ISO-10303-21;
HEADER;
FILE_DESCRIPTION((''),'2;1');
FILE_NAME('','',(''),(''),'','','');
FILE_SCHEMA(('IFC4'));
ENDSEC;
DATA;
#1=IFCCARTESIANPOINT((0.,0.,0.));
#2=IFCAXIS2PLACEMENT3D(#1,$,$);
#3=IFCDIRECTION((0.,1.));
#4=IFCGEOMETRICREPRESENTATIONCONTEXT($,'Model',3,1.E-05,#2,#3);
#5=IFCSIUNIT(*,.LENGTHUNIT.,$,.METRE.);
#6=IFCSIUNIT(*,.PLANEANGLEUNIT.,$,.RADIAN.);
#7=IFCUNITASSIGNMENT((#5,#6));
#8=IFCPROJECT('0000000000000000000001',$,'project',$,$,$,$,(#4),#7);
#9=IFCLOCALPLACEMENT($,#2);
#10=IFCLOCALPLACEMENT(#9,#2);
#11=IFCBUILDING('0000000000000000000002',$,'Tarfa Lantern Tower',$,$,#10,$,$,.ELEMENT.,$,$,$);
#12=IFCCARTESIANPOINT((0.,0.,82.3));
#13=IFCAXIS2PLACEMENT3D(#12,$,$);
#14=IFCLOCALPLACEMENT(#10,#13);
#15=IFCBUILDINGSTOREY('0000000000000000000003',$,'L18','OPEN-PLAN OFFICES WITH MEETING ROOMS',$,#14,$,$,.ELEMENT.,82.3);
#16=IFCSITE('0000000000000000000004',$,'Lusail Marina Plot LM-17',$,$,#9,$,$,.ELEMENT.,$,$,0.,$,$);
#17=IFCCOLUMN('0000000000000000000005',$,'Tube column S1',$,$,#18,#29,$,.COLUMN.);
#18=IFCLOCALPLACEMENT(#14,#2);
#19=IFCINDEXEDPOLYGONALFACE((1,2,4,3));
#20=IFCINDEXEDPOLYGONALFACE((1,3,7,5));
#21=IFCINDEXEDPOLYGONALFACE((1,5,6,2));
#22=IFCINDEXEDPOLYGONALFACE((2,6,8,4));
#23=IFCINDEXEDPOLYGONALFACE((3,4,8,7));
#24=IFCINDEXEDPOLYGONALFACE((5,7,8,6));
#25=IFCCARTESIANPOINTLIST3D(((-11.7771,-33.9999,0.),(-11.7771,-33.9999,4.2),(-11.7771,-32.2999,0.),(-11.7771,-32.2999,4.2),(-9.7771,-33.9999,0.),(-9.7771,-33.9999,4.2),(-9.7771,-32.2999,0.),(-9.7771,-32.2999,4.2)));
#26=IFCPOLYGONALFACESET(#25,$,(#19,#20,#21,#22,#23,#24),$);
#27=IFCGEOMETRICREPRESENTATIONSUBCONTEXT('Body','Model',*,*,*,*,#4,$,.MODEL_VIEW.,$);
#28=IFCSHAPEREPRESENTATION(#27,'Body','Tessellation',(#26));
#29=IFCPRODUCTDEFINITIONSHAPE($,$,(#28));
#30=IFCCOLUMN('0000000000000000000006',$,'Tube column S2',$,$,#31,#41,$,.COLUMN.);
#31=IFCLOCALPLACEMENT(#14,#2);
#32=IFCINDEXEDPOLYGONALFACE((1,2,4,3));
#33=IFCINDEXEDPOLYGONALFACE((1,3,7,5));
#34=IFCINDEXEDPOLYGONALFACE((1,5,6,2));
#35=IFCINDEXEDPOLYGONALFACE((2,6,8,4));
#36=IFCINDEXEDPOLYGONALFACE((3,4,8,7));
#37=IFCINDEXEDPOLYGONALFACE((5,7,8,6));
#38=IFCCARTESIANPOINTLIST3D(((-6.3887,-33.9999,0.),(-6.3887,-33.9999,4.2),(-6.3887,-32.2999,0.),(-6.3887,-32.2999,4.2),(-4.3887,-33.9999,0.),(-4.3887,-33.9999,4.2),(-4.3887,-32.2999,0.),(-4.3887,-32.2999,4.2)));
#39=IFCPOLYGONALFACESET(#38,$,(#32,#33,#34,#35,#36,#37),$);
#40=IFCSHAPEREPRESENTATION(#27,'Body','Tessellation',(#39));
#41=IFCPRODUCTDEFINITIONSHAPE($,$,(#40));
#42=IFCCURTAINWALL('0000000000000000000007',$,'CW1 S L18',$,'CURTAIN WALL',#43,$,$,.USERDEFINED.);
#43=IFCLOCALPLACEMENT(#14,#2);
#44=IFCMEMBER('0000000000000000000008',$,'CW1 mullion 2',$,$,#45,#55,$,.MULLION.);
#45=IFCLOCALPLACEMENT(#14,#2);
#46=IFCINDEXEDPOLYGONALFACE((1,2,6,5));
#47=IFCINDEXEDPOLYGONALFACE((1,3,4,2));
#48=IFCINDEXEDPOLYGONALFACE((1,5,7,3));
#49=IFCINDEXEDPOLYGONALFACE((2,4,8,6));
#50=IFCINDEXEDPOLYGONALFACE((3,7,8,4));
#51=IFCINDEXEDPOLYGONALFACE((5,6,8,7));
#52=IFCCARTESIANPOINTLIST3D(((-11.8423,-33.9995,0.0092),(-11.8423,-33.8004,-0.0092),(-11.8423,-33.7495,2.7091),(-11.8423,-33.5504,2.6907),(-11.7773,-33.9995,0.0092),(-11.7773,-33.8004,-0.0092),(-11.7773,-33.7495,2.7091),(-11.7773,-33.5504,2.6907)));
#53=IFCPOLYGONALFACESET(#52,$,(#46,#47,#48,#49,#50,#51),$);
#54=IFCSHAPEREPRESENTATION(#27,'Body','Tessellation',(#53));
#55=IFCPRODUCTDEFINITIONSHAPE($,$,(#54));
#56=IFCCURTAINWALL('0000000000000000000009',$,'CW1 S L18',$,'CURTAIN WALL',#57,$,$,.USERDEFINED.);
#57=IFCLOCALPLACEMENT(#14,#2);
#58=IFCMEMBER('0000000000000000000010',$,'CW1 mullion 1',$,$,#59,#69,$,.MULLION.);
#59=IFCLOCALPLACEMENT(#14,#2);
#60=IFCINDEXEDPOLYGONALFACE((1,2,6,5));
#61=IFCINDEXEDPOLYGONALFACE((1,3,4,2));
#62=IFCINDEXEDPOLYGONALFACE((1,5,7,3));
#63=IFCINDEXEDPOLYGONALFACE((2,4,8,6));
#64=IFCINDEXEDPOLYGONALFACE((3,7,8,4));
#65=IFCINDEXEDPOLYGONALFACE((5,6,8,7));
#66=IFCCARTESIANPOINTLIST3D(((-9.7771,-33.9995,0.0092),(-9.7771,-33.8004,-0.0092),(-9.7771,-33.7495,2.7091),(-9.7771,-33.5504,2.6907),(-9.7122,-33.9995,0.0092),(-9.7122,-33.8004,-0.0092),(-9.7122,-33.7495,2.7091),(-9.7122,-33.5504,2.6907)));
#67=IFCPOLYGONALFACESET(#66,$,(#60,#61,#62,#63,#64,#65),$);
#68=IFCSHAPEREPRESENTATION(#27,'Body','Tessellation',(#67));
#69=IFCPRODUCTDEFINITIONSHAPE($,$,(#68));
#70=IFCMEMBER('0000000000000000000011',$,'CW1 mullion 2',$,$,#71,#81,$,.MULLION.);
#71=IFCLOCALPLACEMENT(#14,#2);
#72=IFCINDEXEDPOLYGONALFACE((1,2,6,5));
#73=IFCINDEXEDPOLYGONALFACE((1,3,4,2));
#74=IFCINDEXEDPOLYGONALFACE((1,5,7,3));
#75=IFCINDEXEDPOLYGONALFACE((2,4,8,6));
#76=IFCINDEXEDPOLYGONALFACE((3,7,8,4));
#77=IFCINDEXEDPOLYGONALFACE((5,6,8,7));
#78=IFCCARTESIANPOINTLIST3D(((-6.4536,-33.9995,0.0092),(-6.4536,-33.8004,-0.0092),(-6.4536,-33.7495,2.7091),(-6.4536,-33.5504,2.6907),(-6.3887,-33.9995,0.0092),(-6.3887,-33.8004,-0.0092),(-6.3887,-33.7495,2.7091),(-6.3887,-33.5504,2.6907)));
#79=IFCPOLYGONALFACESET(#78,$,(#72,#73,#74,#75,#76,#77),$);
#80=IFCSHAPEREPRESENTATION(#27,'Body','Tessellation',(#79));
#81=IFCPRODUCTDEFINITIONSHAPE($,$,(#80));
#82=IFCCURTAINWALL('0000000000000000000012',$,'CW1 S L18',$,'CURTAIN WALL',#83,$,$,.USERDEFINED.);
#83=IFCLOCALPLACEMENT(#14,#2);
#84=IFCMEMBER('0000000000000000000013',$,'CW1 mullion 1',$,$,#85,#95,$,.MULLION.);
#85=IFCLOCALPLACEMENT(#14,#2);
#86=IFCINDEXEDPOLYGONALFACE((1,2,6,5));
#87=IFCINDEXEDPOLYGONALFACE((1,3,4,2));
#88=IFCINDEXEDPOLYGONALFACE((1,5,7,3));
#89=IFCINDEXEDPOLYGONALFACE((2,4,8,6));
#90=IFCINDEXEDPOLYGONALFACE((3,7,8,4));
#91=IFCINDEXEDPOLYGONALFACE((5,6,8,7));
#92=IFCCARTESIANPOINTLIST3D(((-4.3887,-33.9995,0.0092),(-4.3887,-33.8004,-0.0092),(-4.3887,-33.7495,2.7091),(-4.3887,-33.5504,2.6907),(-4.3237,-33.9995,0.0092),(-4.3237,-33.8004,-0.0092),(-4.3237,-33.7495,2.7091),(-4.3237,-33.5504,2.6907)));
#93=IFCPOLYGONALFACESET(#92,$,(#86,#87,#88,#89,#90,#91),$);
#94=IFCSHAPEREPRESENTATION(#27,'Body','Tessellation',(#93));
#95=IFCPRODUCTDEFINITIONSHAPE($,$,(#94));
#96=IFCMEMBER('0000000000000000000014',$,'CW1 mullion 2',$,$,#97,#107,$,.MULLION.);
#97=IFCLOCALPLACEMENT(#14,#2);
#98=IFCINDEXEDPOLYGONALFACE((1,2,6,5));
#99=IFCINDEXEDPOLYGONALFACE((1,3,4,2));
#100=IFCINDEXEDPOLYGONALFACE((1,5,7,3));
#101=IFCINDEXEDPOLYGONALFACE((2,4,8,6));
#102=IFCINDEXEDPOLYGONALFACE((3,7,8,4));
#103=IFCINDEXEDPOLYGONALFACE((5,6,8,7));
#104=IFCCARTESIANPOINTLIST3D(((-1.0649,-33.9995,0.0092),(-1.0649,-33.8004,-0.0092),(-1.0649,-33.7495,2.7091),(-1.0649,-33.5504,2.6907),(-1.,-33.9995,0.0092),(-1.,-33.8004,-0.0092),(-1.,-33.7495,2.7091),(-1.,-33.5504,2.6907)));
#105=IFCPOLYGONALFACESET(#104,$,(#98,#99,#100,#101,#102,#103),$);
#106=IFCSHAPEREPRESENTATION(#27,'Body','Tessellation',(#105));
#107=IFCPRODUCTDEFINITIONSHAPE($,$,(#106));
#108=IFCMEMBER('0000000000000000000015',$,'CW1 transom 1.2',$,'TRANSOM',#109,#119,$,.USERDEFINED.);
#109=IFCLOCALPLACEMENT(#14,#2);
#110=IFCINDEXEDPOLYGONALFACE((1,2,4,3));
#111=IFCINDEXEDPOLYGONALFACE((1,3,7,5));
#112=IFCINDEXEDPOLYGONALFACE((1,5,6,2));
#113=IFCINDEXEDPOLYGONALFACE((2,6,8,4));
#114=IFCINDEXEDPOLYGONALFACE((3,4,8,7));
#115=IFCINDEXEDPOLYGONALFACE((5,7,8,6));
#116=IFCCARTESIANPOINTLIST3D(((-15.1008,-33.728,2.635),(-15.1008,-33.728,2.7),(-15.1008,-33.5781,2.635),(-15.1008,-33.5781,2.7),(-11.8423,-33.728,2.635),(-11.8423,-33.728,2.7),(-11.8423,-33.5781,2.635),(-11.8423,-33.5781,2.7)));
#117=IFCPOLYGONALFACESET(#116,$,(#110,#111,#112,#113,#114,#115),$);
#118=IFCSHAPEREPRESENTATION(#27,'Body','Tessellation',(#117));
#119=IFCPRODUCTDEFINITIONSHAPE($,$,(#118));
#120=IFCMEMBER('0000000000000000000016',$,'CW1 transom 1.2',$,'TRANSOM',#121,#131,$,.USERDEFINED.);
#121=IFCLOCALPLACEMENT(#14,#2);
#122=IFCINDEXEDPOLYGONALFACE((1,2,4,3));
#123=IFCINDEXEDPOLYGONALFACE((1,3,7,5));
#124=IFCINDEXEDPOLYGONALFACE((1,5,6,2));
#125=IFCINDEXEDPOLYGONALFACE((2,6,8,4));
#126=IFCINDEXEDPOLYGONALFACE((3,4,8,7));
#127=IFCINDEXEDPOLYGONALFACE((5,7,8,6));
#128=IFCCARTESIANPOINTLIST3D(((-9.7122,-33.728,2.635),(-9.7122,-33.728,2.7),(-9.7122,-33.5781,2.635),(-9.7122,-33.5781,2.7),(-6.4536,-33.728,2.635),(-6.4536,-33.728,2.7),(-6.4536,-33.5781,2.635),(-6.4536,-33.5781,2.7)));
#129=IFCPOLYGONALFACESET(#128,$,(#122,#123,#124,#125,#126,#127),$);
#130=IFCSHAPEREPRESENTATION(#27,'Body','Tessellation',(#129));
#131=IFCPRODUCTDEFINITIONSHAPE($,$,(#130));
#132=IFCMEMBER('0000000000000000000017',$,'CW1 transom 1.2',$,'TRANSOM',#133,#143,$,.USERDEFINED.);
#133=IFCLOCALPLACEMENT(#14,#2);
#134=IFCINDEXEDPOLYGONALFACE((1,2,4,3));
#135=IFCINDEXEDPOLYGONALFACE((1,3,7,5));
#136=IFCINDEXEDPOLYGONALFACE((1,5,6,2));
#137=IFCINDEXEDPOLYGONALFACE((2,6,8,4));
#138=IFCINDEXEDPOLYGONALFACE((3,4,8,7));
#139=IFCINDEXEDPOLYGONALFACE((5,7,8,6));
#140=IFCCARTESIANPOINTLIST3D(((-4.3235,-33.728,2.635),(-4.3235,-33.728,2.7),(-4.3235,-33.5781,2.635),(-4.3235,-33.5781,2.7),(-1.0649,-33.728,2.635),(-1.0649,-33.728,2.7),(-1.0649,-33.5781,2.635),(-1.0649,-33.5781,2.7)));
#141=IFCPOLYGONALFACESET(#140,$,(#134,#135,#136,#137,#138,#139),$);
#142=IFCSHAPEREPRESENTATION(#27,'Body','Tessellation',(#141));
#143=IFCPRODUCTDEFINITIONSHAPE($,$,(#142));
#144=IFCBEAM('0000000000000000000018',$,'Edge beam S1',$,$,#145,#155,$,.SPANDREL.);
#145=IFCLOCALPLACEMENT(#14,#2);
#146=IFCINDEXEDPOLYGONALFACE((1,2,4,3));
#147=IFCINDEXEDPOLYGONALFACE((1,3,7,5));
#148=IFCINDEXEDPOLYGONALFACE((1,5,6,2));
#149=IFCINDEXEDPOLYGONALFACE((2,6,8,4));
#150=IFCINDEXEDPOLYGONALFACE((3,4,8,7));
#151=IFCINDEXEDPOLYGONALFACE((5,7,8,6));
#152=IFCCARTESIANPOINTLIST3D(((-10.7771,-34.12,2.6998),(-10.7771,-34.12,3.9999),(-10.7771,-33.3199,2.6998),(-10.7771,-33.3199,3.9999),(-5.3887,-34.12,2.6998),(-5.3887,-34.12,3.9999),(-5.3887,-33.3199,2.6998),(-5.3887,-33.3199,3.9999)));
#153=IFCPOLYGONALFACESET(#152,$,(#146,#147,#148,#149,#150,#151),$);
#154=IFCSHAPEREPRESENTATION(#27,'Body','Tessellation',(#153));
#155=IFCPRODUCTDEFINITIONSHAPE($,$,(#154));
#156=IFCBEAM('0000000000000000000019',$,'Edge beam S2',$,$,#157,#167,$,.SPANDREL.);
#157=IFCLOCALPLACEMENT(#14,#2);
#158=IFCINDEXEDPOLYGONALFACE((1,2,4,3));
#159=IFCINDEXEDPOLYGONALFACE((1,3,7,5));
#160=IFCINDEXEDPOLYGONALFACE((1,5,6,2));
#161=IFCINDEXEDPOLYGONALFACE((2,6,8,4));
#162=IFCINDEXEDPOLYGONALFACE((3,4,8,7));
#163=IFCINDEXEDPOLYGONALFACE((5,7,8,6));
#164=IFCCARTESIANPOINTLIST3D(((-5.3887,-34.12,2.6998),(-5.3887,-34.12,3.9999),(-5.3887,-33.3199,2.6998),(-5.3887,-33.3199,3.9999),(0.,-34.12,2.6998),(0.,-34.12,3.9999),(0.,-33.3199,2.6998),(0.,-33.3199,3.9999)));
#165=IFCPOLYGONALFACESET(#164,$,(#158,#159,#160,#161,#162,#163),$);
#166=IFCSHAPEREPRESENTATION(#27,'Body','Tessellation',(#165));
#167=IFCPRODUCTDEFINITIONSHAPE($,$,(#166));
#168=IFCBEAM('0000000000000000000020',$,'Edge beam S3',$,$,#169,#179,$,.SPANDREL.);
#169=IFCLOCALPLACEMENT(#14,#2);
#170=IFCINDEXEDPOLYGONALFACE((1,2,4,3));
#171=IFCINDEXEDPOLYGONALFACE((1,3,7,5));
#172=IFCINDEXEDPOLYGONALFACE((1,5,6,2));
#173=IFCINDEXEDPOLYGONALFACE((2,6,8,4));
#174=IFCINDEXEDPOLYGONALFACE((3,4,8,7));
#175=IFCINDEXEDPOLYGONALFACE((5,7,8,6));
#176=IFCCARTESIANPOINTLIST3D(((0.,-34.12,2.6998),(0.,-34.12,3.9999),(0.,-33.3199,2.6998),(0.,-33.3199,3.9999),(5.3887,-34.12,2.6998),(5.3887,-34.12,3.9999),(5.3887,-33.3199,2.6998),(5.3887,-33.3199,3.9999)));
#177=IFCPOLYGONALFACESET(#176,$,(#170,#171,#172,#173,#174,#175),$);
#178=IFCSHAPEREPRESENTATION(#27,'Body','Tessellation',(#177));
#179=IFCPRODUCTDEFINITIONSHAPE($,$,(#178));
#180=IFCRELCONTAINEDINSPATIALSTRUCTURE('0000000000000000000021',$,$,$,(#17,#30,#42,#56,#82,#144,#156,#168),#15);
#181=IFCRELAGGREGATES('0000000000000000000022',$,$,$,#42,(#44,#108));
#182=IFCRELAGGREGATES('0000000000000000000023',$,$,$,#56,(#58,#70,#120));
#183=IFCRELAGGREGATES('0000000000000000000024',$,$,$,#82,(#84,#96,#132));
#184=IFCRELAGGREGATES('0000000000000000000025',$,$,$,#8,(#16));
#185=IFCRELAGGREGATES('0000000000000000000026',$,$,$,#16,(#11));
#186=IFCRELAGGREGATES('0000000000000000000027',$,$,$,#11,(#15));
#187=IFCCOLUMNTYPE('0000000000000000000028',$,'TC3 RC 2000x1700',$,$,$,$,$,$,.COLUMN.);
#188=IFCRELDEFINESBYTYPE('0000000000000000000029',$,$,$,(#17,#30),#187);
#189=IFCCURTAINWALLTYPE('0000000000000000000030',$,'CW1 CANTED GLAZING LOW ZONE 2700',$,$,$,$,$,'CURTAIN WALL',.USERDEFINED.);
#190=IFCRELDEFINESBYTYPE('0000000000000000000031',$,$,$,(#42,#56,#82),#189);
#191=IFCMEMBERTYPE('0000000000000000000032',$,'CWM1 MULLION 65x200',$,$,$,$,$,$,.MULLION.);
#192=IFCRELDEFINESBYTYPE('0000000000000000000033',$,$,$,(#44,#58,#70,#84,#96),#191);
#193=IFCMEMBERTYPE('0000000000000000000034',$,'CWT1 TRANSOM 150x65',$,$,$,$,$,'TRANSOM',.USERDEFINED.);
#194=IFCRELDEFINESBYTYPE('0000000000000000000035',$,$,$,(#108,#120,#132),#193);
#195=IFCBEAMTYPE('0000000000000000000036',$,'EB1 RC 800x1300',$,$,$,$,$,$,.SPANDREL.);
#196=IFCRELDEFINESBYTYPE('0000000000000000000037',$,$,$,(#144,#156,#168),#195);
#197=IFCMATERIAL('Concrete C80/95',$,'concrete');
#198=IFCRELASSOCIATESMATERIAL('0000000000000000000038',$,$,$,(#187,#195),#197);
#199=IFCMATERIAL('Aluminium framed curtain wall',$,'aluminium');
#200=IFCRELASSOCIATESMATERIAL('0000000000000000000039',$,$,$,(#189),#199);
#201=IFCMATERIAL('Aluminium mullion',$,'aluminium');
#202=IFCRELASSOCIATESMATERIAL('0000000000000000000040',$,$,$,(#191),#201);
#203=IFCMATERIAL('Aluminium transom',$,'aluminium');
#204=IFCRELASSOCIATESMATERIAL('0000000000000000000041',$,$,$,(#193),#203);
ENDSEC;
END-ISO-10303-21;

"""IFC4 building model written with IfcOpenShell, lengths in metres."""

from ifc_helpers import new_model, si_unit, direction, frame, origin, origin_2d, place, context, subcontext, project, spatial, rectangle, extrude, material, material_profile, profile_set, type_object, element, aggregate, save


model = new_model("IFC4")

# Units and contexts
model_context = context("Model", 3, precision=1e-05, world=origin(), true_north=direction((0.0, 1.0)))
body_context = subcontext(model_context, "Body", "Model", "MODEL_VIEW")
ifc_project = project(units=[si_unit("LENGTHUNIT", "METRE"), si_unit("PLANEANGLEUNIT", "RADIAN")], contexts=[model_context])

# Site, building, storey
site_placement = place(None, origin())
site = spatial("IfcSite", under=ifc_project, at=site_placement, Name="Lusail Marina Plot LM-17", CompositionType="ELEMENT", RefElevation=0.0)
building_placement = place(site_placement, origin())
building = spatial("IfcBuilding", under=site, at=building_placement, Name="Tarfa Lantern Tower", CompositionType="ELEMENT")
storey_placement = place(building_placement, frame((0.0, 0.0, 82.3)))
storey = spatial("IfcBuildingStorey", under=building, at=storey_placement, Name="L18", Description="OPEN-PLAN OFFICES WITH MEETING ROOMS", CompositionType="ELEMENT", Elevation=82.3)

# Columns
ifc_material_1 = material(Name="Concrete C80/95", Category="concrete")
ifc_material_profile_1 = material_profile(ifc_material_1, rectangle(XDim=2.0, YDim=1.7, at=origin_2d()), Name="RC 2000x1700")
ifc_profile_set_1 = profile_set([ifc_material_profile_1], Name="Concrete C80/95")
column_type = type_object("IfcColumnType", Name="TC3 RC 2000x1700", PredefinedType="COLUMN", material=ifc_profile_set_1)
for number, where, z_axis, x_axis, name in (
    (1, (-10.7771, -33.1499, 0.0), (0.0, 0.0, 1.0), (1.0, 0.0, 0.0), "Tube column S1"),
    (2, (-5.3887, -33.1499, 0.0), (0.0, 0.0, 1.0), (1.0, 0.0, 0.0), "Tube column S2"),
):
    element("IfcColumn", number, at=place(storey_placement, frame(where, z_axis=z_axis, x_axis=x_axis)), inside=storey, type_object=column_type, Name=name, PredefinedType="COLUMN", context=body_context, shape_type="SweptSolid", body=[
        extrude(rectangle(XDim=2.0, YDim=1.7, at=origin_2d()), origin(), (0.0, 0.0, 1.0), 4.2),
    ])

# Curtain wall, member
ifc_material_2 = material(Name="Aluminium framed curtain wall", Category="aluminium")
curtain_wall_type = type_object("IfcCurtainWallType", Name="CW1 CANTED GLAZING LOW ZONE 2700", ElementType="CURTAIN WALL", PredefinedType="USERDEFINED", material=ifc_material_2)
curtain_wall_1_placement = place(storey_placement, origin())
curtain_wall_1 = element("IfcCurtainWall", 3, at=curtain_wall_1_placement, inside=storey, type_object=curtain_wall_type, Name="CW1 S L18", ObjectType="CURTAIN WALL", PredefinedType="USERDEFINED")
ifc_material_3 = material(Name="Aluminium mullion", Category="aluminium")
ifc_material_profile_2 = material_profile(ifc_material_3, rectangle(XDim=0.0649, YDim=0.2, at=origin_2d()), Name="AL MULLION 65x200")
ifc_profile_set_2 = profile_set([ifc_material_profile_2], Name="Aluminium mullion")
member_type_1 = type_object("IfcMemberType", Name="CWM1 MULLION 65x200", PredefinedType="MULLION", material=ifc_profile_set_2)
member_1_placement = place(storey_placement, frame((-11.8098, -33.8999, 0.0), z_axis=(0.0, 0.0922, 0.995741), x_axis=(-1.0, 0.0, 0.0)))
member_1 = element("IfcMember", 4, at=member_1_placement, type_object=member_type_1, Name="CW1 mullion 2", PredefinedType="MULLION", context=body_context, shape_type="SweptSolid", body=[
    extrude(rectangle(XDim=0.0649, YDim=0.2, at=origin_2d()), origin(), (0.0, 0.0, 1.0), 2.7114),
])

# Curtain walls, members
curtain_wall_2_placement = place(storey_placement, origin())
curtain_wall_2 = element("IfcCurtainWall", 5, at=curtain_wall_2_placement, inside=storey, type_object=curtain_wall_type, Name="CW1 S L18", ObjectType="CURTAIN WALL", PredefinedType="USERDEFINED")
member_2_placement = place(storey_placement, frame((-9.7446, -33.8999, 0.0), z_axis=(0.0, 0.0922, 0.995741), x_axis=(-1.0, 0.0, 0.0)))
member_2 = element("IfcMember", 6, at=member_2_placement, type_object=member_type_1, Name="CW1 mullion 1", PredefinedType="MULLION", context=body_context, shape_type="SweptSolid", body=[
    extrude(rectangle(XDim=0.0649, YDim=0.2, at=origin_2d()), origin(), (0.0, 0.0, 1.0), 2.7114),
])
member_3_placement = place(storey_placement, frame((-6.4211, -33.8999, 0.0), z_axis=(0.0, 0.0922, 0.995741), x_axis=(-1.0, 0.0, 0.0)))
member_3 = element("IfcMember", 7, at=member_3_placement, type_object=member_type_1, Name="CW1 mullion 2", PredefinedType="MULLION", context=body_context, shape_type="SweptSolid", body=[
    extrude(rectangle(XDim=0.0649, YDim=0.2, at=origin_2d()), origin(), (0.0, 0.0, 1.0), 2.7114),
])
curtain_wall_3_placement = place(storey_placement, origin())
curtain_wall_3 = element("IfcCurtainWall", 8, at=curtain_wall_3_placement, inside=storey, type_object=curtain_wall_type, Name="CW1 S L18", ObjectType="CURTAIN WALL", PredefinedType="USERDEFINED")
member_4_placement = place(storey_placement, frame((-4.3562, -33.8999, 0.0), z_axis=(0.0, 0.0922, 0.995741), x_axis=(-1.0, 0.0, 0.0)))
member_4 = element("IfcMember", 9, at=member_4_placement, type_object=member_type_1, Name="CW1 mullion 1", PredefinedType="MULLION", context=body_context, shape_type="SweptSolid", body=[
    extrude(rectangle(XDim=0.0649, YDim=0.2, at=origin_2d()), origin(), (0.0, 0.0, 1.0), 2.7114),
])
member_5_placement = place(storey_placement, frame((-1.0325, -33.8999, 0.0), z_axis=(0.0, 0.0922, 0.995741), x_axis=(-1.0, 0.0, 0.0)))
member_5 = element("IfcMember", 10, at=member_5_placement, type_object=member_type_1, Name="CW1 mullion 2", PredefinedType="MULLION", context=body_context, shape_type="SweptSolid", body=[
    extrude(rectangle(XDim=0.0649, YDim=0.2, at=origin_2d()), origin(), (0.0, 0.0, 1.0), 2.7114),
])

# Members
ifc_material_4 = material(Name="Aluminium transom", Category="aluminium")
ifc_material_profile_3 = material_profile(ifc_material_4, rectangle(XDim=0.1499, YDim=0.0649, at=origin_2d()), Name="AL TRANSOM 150x65")
ifc_profile_set_3 = profile_set([ifc_material_profile_3], Name="Aluminium transom")
member_type_2 = type_object("IfcMemberType", Name="CWT1 TRANSOM 150x65", ElementType="TRANSOM", PredefinedType="USERDEFINED", material=ifc_profile_set_3)
member_6_placement = place(storey_placement, frame((-15.1008, -33.6531, 2.6675), z_axis=(1.0, 0.0, 0.0), x_axis=(0.0, 1.0, 0.0)))
member_6 = element("IfcMember", 11, at=member_6_placement, type_object=member_type_2, Name="CW1 transom 1.2", ObjectType="TRANSOM", PredefinedType="USERDEFINED", context=body_context, shape_type="SweptSolid", body=[
    extrude(rectangle(XDim=0.1499, YDim=0.0649, at=origin_2d()), origin(), (0.0, 0.0, 1.0), 3.2585),
])
aggregate(curtain_wall_1, [member_1, member_6])
member_7_placement = place(storey_placement, frame((-9.7122, -33.6531, 2.6675), z_axis=(1.0, 0.0, 0.0), x_axis=(0.0, 1.0, 0.0)))
member_7 = element("IfcMember", 12, at=member_7_placement, type_object=member_type_2, Name="CW1 transom 1.2", ObjectType="TRANSOM", PredefinedType="USERDEFINED", context=body_context, shape_type="SweptSolid", body=[
    extrude(rectangle(XDim=0.1499, YDim=0.0649, at=origin_2d()), origin(), (0.0, 0.0, 1.0), 3.2585),
])
member_8_placement = place(storey_placement, frame((-4.3235, -33.6531, 2.6675), z_axis=(1.0, 0.0, 0.0), x_axis=(0.0, 1.0, 0.0)))
member_8 = element("IfcMember", 13, at=member_8_placement, type_object=member_type_2, Name="CW1 transom 1.2", ObjectType="TRANSOM", PredefinedType="USERDEFINED", context=body_context, shape_type="SweptSolid", body=[
    extrude(rectangle(XDim=0.1499, YDim=0.0649, at=origin_2d()), origin(), (0.0, 0.0, 1.0), 3.2585),
])

# Beams
ifc_material_profile_4 = material_profile(ifc_material_1, rectangle(XDim=0.8, YDim=1.3, at=origin_2d()), Name="RC 800x1300")
ifc_profile_set_4 = profile_set([ifc_material_profile_4], Name="Concrete C80/95")
beam_type_1 = type_object("IfcBeamType", Name="EB1 RC 800x1300", PredefinedType="SPANDREL", material=ifc_profile_set_4)
beam_placement = place(storey_placement, frame((-10.7771, -33.72, 3.3499), z_axis=(1.0, 0.0, 0.0), x_axis=(0.0, 1.0, 0.0)))
element("IfcBeam", 14, at=beam_placement, inside=storey, type_object=beam_type_1, Name="Edge beam S1", PredefinedType="SPANDREL", context=body_context, shape_type="SweptSolid", body=[
    extrude(rectangle(XDim=0.8, YDim=1.3, at=origin_2d()), origin(), (0.0, 0.0, 1.0), 5.3884),
])
for number, where, z_axis, x_axis, name in (
    (15, (-5.3887, -33.72, 3.3499), (1.0, 0.0, 0.0), (0.0, 1.0, 0.0), "Edge beam S2"),
    (16, (0.0, -33.72, 3.3499), (1.0, 0.0, 0.0), (0.0, 1.0, 0.0), "Edge beam S3"),
):
    element("IfcBeam", number, at=place(storey_placement, frame(where, z_axis=z_axis, x_axis=x_axis)), inside=storey, type_object=beam_type_1, Name=name, PredefinedType="SPANDREL", context=body_context, shape_type="SweptSolid", body=[
        extrude(rectangle(XDim=0.8, YDim=1.3, at=origin_2d()), origin(), (0.0, 0.0, 1.0), 5.3887),
    ])

aggregate(curtain_wall_2, [member_2, member_3, member_7])
aggregate(curtain_wall_3, [member_4, member_5, member_8])

save(model, "model.ifc")
